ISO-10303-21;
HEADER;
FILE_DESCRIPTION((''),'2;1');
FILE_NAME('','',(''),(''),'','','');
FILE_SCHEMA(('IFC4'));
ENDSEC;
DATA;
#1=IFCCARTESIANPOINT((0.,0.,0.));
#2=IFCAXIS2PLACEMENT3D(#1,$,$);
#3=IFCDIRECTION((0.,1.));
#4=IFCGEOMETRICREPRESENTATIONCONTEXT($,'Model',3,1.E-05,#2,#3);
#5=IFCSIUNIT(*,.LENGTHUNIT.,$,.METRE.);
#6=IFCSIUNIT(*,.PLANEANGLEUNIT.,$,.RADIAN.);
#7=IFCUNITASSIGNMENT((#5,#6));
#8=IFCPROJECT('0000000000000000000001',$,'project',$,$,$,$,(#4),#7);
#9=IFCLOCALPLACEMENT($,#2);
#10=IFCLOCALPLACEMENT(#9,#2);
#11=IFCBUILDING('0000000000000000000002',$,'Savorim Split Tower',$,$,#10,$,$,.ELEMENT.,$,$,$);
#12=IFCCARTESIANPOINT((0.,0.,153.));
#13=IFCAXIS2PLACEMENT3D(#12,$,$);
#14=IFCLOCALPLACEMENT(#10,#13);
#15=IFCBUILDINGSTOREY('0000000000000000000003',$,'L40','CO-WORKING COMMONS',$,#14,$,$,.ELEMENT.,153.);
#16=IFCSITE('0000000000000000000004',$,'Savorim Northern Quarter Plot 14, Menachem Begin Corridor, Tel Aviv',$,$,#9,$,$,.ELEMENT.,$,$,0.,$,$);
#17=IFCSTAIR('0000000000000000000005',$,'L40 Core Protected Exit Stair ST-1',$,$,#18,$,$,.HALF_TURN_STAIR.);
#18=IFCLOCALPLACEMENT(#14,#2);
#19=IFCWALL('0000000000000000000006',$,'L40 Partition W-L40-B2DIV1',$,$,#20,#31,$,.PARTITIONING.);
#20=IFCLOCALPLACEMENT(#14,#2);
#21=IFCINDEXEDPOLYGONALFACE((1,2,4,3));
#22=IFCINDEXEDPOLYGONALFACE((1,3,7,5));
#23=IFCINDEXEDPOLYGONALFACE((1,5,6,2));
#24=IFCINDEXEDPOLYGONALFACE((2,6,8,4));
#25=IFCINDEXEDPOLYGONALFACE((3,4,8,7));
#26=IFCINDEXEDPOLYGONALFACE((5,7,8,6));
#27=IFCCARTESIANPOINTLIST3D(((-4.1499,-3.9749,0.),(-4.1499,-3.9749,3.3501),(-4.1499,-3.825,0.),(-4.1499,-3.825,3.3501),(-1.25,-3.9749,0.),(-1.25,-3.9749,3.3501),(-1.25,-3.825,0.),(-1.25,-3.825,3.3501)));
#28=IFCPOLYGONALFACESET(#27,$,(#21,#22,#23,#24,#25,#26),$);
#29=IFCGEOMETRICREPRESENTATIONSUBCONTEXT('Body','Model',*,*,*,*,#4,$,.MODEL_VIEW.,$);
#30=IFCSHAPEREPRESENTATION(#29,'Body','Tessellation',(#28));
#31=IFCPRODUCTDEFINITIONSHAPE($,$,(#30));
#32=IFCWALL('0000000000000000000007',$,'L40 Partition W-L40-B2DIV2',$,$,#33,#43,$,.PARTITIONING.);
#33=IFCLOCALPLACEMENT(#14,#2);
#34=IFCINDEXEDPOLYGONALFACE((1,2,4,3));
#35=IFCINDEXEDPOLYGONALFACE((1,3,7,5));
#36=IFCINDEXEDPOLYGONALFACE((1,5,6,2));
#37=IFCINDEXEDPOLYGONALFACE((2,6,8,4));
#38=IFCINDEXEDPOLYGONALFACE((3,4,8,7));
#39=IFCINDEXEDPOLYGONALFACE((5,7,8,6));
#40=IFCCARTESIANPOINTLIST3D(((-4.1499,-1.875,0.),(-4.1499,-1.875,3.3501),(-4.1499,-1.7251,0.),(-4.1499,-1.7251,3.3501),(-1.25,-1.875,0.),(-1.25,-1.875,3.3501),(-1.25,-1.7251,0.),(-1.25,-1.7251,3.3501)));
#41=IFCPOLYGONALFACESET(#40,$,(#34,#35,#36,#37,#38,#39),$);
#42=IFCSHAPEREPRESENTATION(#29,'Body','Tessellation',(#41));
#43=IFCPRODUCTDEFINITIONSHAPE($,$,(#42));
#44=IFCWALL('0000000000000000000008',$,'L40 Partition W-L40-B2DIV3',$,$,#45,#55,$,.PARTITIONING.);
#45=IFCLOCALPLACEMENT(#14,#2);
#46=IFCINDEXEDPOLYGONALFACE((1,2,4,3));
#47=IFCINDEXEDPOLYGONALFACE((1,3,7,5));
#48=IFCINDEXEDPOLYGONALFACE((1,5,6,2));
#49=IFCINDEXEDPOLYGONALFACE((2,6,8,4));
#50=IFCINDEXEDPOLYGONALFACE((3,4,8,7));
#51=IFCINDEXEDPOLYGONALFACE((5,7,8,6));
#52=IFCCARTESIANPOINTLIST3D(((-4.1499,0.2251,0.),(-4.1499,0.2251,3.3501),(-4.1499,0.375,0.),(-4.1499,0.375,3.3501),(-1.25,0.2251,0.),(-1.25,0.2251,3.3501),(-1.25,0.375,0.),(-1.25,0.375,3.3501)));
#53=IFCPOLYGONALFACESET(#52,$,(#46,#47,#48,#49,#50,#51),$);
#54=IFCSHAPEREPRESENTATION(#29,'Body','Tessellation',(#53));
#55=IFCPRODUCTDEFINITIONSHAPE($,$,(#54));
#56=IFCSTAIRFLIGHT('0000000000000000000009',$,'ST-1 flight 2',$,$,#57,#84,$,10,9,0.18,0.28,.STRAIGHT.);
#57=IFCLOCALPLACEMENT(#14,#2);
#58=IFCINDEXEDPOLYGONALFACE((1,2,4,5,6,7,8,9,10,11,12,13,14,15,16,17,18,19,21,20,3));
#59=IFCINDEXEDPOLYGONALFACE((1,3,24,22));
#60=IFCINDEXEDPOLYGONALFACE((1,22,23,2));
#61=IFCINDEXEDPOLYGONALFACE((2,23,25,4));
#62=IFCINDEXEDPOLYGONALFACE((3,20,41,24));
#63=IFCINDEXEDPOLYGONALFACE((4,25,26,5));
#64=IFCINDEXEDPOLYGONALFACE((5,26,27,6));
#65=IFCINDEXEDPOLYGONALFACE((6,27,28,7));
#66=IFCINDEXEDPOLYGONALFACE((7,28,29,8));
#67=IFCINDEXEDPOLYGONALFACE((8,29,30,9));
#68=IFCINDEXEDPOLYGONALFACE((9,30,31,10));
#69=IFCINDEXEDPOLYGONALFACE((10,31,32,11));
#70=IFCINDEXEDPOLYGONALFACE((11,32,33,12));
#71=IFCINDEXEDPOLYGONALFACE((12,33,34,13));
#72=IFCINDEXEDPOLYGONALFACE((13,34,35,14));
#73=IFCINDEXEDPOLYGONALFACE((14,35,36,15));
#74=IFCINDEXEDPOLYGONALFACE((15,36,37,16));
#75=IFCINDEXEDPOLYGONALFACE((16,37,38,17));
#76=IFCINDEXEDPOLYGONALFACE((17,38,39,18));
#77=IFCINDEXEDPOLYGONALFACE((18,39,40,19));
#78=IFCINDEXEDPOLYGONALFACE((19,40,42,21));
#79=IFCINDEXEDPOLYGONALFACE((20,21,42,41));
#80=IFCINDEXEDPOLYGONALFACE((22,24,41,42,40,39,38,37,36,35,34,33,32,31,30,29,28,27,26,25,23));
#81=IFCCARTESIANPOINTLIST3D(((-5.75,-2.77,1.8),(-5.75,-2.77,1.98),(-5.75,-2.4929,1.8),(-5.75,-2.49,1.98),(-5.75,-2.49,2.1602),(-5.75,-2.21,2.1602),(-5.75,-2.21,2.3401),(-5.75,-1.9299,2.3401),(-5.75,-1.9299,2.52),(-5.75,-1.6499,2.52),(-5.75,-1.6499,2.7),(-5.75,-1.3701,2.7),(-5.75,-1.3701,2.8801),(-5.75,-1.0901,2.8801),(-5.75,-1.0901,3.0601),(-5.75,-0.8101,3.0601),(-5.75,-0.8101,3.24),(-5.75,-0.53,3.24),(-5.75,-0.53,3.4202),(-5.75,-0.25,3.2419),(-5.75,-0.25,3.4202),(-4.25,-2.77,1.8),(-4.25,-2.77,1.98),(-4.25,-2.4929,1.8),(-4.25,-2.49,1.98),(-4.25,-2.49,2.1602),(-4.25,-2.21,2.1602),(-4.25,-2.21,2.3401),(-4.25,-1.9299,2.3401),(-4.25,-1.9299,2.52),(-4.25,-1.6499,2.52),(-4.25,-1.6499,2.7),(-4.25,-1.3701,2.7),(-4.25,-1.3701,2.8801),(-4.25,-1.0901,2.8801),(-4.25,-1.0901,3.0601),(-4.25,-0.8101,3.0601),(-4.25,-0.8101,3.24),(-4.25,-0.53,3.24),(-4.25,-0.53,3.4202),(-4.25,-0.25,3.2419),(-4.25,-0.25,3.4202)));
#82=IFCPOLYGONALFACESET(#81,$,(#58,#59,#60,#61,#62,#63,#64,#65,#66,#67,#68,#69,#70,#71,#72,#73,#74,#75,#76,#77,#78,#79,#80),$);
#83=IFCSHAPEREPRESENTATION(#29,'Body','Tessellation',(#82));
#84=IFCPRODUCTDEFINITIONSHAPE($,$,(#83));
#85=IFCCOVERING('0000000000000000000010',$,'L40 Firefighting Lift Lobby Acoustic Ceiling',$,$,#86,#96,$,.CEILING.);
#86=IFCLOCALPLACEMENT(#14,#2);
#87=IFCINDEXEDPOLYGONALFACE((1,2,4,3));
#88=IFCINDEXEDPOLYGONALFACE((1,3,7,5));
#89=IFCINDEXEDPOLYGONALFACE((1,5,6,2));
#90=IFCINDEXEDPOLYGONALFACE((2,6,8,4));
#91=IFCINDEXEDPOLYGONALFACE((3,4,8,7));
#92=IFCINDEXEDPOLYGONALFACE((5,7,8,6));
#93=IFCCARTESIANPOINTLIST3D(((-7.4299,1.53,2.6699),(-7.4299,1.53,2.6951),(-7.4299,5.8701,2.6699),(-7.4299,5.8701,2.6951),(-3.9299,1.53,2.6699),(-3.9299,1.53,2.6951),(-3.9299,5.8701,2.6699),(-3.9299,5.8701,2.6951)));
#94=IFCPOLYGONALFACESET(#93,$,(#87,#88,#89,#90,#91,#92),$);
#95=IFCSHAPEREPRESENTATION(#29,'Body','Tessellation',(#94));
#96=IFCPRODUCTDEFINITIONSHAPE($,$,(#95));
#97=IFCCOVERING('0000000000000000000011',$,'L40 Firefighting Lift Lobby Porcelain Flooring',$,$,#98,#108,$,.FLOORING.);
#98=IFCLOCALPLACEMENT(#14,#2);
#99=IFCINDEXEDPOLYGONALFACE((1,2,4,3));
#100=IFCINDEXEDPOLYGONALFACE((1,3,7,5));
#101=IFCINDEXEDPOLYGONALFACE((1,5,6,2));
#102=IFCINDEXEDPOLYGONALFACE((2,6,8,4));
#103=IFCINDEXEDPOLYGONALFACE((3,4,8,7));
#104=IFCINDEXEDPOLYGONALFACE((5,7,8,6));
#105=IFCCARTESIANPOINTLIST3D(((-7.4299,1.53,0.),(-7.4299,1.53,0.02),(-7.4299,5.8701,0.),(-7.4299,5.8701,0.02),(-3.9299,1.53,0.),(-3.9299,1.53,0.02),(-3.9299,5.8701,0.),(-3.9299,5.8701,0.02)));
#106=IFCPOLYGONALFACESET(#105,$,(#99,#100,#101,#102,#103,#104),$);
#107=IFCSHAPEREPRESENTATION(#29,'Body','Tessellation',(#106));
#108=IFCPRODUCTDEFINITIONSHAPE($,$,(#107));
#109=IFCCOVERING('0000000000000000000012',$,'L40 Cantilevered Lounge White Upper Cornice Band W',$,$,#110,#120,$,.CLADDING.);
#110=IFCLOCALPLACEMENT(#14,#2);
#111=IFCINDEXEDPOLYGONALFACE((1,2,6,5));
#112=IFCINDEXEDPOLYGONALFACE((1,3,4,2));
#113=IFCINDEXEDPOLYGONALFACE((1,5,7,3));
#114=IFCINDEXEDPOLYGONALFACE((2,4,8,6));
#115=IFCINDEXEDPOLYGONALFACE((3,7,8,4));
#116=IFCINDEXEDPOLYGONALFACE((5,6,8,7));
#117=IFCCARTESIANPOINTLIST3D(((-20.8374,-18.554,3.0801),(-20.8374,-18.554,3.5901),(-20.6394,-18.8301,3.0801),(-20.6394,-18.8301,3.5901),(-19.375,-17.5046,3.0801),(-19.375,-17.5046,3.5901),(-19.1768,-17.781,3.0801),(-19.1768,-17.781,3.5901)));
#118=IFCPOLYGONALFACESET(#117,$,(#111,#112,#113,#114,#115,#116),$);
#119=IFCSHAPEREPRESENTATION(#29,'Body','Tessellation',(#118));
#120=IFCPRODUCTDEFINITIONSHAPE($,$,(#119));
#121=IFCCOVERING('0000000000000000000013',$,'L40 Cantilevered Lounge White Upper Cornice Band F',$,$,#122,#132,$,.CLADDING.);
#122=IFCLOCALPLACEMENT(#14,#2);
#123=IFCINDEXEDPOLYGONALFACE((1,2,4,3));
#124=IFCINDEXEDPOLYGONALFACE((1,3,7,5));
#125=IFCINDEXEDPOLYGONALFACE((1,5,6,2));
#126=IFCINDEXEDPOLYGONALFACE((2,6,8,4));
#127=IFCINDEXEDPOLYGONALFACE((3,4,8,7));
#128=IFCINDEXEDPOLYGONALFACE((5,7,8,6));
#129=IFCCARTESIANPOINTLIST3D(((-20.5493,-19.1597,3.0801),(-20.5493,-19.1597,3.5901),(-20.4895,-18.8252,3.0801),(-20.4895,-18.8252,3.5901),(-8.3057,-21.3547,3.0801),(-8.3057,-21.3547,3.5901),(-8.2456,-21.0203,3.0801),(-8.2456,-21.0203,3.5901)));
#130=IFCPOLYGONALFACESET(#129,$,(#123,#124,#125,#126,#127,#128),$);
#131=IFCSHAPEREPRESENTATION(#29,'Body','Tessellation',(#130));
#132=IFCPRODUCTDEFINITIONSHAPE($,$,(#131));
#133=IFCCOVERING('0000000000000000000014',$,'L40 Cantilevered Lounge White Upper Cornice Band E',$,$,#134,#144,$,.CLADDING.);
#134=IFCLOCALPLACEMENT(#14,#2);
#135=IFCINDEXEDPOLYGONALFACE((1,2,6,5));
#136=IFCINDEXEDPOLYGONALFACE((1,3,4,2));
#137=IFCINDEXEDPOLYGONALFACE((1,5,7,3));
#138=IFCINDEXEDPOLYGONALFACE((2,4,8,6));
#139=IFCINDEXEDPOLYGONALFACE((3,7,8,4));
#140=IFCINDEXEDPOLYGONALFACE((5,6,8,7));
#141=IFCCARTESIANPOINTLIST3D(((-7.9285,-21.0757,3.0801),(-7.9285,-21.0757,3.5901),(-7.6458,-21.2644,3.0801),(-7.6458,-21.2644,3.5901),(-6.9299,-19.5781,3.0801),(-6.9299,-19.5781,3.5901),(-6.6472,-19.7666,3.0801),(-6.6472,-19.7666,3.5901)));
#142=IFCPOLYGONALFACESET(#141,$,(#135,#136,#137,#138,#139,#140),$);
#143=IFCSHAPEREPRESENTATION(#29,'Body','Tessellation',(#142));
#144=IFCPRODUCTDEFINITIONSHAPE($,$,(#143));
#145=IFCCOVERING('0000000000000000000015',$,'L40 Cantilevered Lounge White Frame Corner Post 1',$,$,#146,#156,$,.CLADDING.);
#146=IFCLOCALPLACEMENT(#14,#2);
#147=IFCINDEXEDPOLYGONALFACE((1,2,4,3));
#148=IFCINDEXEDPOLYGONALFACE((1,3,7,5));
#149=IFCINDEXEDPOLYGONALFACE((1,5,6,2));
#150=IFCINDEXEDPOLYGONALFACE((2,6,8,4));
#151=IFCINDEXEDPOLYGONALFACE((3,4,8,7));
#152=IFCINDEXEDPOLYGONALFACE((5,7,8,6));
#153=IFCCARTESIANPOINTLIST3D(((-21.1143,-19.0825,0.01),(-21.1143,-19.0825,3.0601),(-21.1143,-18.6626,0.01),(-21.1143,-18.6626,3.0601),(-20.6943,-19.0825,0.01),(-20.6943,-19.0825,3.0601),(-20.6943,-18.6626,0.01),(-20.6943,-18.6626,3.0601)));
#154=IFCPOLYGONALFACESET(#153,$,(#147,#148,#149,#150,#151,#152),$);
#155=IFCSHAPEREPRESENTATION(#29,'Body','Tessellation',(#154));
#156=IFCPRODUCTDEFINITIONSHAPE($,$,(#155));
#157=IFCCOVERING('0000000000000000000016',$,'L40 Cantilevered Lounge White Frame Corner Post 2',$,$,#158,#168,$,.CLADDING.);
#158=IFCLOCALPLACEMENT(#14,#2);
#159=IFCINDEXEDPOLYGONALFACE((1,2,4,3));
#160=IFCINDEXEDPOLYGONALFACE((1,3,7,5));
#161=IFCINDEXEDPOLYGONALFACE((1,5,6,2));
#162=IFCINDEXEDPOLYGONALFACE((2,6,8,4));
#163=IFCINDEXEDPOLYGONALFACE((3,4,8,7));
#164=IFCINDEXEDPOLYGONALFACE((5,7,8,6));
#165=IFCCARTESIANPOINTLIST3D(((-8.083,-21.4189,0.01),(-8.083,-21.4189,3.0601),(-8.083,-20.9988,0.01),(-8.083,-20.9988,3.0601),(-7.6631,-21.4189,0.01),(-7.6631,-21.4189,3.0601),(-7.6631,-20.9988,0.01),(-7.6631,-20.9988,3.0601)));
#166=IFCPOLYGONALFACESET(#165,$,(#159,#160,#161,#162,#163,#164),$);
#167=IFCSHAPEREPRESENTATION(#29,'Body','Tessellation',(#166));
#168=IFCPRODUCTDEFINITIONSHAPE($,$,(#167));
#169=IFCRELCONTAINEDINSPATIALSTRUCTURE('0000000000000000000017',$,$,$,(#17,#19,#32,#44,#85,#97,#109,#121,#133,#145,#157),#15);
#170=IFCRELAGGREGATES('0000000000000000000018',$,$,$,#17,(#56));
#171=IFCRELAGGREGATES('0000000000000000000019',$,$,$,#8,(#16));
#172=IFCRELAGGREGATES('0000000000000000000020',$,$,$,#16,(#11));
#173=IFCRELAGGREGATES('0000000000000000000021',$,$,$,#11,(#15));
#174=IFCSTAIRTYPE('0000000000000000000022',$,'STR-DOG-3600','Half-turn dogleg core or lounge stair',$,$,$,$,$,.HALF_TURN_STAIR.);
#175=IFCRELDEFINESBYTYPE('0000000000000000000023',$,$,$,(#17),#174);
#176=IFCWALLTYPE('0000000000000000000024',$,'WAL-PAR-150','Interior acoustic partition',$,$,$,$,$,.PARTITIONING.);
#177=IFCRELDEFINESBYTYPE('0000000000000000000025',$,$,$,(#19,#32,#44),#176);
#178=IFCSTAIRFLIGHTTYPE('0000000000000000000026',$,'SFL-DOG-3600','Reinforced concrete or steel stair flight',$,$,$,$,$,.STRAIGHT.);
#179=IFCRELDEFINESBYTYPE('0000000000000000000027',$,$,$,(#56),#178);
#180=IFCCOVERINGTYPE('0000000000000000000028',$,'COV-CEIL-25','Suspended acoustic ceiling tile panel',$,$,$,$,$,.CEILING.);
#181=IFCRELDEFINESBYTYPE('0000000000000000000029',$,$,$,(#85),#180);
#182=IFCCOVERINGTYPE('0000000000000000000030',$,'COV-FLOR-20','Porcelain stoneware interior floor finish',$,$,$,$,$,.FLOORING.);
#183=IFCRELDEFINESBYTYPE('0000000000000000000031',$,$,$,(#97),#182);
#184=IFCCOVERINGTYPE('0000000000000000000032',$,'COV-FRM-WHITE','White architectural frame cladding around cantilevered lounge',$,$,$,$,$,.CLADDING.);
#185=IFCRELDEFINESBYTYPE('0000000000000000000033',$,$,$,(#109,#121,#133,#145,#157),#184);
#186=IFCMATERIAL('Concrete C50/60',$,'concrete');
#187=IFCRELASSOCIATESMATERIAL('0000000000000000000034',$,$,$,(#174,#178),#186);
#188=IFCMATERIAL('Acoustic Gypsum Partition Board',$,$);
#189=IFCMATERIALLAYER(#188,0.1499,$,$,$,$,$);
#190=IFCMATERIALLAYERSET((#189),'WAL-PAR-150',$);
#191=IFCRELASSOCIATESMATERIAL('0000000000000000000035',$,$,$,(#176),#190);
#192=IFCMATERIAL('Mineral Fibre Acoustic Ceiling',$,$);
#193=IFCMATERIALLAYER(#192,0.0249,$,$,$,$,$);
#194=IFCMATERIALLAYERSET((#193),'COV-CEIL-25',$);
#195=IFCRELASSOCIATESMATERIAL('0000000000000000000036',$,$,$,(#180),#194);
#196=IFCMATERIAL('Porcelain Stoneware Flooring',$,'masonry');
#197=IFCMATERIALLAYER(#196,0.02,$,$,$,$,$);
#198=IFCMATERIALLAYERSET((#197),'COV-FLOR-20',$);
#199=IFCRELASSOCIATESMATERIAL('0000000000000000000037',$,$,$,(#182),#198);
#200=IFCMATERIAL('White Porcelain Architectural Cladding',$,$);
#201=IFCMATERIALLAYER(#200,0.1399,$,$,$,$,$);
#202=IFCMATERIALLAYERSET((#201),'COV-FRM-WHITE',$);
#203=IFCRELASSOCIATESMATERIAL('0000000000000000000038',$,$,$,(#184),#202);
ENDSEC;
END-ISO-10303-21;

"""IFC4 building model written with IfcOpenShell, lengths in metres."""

from ifc_helpers import new_model, si_unit, direction, frame, frame_2d, origin, place, context, subcontext, project, spatial, polyline, rectangle, outline, extrude, material, layer, layer_set, type_object, element, aggregate, save


model = new_model("IFC4")

# Units and contexts
model_context = context("Model", 3, precision=1e-05, world=origin(), true_north=direction((0.0, 1.0)))
body_context = subcontext(model_context, "Body", "Model", "MODEL_VIEW")
ifc_project = project(units=[si_unit("LENGTHUNIT", "METRE"), si_unit("PLANEANGLEUNIT", "RADIAN")], contexts=[model_context])

# Site, building, storey
site_placement = place(None, origin())
site = spatial("IfcSite", under=ifc_project, at=site_placement, Name="Savorim Northern Quarter Plot 14, Menachem Begin Corridor, Tel Aviv", CompositionType="ELEMENT", RefElevation=0.0)
building_placement = place(site_placement, origin())
building = spatial("IfcBuilding", under=site, at=building_placement, Name="Savorim Split Tower", CompositionType="ELEMENT")
storey_placement = place(building_placement, frame((0.0, 0.0, 153.0)))
storey = spatial("IfcBuildingStorey", under=building, at=storey_placement, Name="L40", Description="CO-WORKING COMMONS", CompositionType="ELEMENT", Elevation=153.0)

# Shared definitions
ifc_material_1 = material(Name="Concrete C50/60", Category="concrete")

# Stair
stair_type = type_object("IfcStairType", Name="STR-DOG-3600", Description="Half-turn dogleg core or lounge stair", PredefinedType="HALF_TURN_STAIR", material=ifc_material_1)
stair_1_placement = place(storey_placement, origin())
stair_1 = element("IfcStair", 1, at=stair_1_placement, inside=storey, type_object=stair_type, Name="L40 Core Protected Exit Stair ST-1", PredefinedType="HALF_TURN_STAIR")

# Walls
ifc_material_2 = material(Name="Acoustic Gypsum Partition Board")
ifc_layer_1 = layer(ifc_material_2, 0.1499)
ifc_layer_set_1 = layer_set([ifc_layer_1], Name="WAL-PAR-150")
wall_type_1 = type_object("IfcWallType", Name="WAL-PAR-150", Description="Interior acoustic partition", PredefinedType="PARTITIONING", material=ifc_layer_set_1)
for number, where, z_axis, x_axis, name in (
    (2, (-4.1499, -3.8999, 0.0), (0.0, 0.0, 1.0), (1.0, 0.0, 0.0), "L40 Partition W-L40-B2DIV1"),
    (3, (-4.1499, -1.8, 0.0), (0.0, 0.0, 1.0), (1.0, 0.0, 0.0), "L40 Partition W-L40-B2DIV2"),
    (4, (-4.1499, 0.3, 0.0), (0.0, 0.0, 1.0), (1.0, 0.0, 0.0), "L40 Partition W-L40-B2DIV3"),
):
    element("IfcWall", number, at=place(storey_placement, frame(where, z_axis=z_axis, x_axis=x_axis)), inside=storey, type_object=wall_type_1, Name=name, PredefinedType="PARTITIONING", context=body_context, shape_type="SweptSolid", body=[
        extrude(rectangle(XDim=2.8999, YDim=0.1499, at=frame_2d((1.45, 0.0))), origin(), (0.0, 0.0, 1.0), 3.3501),
    ])

# Stair flight
stair_flight_type = type_object("IfcStairFlightType", Name="SFL-DOG-3600", Description="Reinforced concrete or steel stair flight", PredefinedType="STRAIGHT", material=ifc_material_1)
stair_flight_placement = place(storey_placement, frame((-5.0, -2.77, 1.8), z_axis=(0.0, 0.0, 1.0), x_axis=(0.0, 1.0, 0.0)))
stair_flight = element("IfcStairFlight", 5, at=stair_flight_placement, type_object=stair_flight_type, Name="ST-1 flight 2", NumberOfRisers=10, NumberOfTreads=9, PredefinedType="STRAIGHT", RiserHeight=0.18, TreadLength=0.28, context=body_context, shape_type="SweptSolid", body=[
    extrude(outline(polyline([(0.0, 0.0), (0.0, 0.1799), (0.28, 0.1799), (0.28, 0.3601), (0.5601, 0.3601), (0.5601, 0.54), (0.8401, 0.54), (0.8401, 0.72), (1.1201, 0.72), (1.1201, 0.8999), (1.3999, 0.8999), (1.3999, 1.0801), (1.6799, 1.0801), (1.6799, 1.26), (1.96, 1.26), (1.96, 1.4399), (2.24, 1.4399), (2.24, 1.6201), (2.52, 1.6201), (2.52, 1.8), (2.52, 1.4419), (0.2771, 0.0), (0.0, 0.0)])), frame((0.0, 0.75, 0.0), z_axis=(0.0, -1.0, 0.0), x_axis=(1.0, 0.0, 0.0)), (0.0, 0.0, 1.0), 1.5),
])
aggregate(stair_1, [stair_flight])

# Coverings
ifc_material_3 = material(Name="Mineral Fibre Acoustic Ceiling")
ifc_layer_2 = layer(ifc_material_3, 0.0249)
ifc_layer_set_2 = layer_set([ifc_layer_2], Name="COV-CEIL-25")
covering_type_1 = type_object("IfcCoveringType", Name="COV-CEIL-25", Description="Suspended acoustic ceiling tile panel", PredefinedType="CEILING", material=ifc_layer_set_2)
covering_1_placement = place(storey_placement, frame((0.0, 0.0, 2.6699)))
element("IfcCovering", 6, at=covering_1_placement, inside=storey, type_object=covering_type_1, Name="L40 Firefighting Lift Lobby Acoustic Ceiling", PredefinedType="CEILING", context=body_context, shape_type="SweptSolid", body=[
    extrude(outline(polyline([(-7.4299, 5.8701), (-7.4299, 1.53), (-3.9299, 1.53), (-3.9299, 5.8701), (-7.4299, 5.8701)])), origin(), (0.0, 0.0, 1.0), 0.0251),
])
ifc_material_4 = material(Name="Porcelain Stoneware Flooring", Category="masonry")
ifc_layer_3 = layer(ifc_material_4, 0.02)
ifc_layer_set_3 = layer_set([ifc_layer_3], Name="COV-FLOR-20")
covering_type_2 = type_object("IfcCoveringType", Name="COV-FLOR-20", Description="Porcelain stoneware interior floor finish", PredefinedType="FLOORING", material=ifc_layer_set_3)
covering_2_placement = place(storey_placement, origin())
element("IfcCovering", 7, at=covering_2_placement, inside=storey, type_object=covering_type_2, Name="L40 Firefighting Lift Lobby Porcelain Flooring", PredefinedType="FLOORING", context=body_context, shape_type="SweptSolid", body=[
    extrude(outline(polyline([(-7.4299, 5.8701), (-7.4299, 1.53), (-3.9299, 1.53), (-3.9299, 5.8701), (-7.4299, 5.8701)])), origin(), (0.0, 0.0, 1.0), 0.02),
])
ifc_material_5 = material(Name="White Porcelain Architectural Cladding")
ifc_layer_4 = layer(ifc_material_5, 0.1399)
ifc_layer_set_4 = layer_set([ifc_layer_4], Name="COV-FRM-WHITE")
covering_type_3 = type_object("IfcCoveringType", Name="COV-FRM-WHITE", Description="White architectural frame cladding around cantilevered lounge", PredefinedType="CLADDING", material=ifc_layer_set_4)
covering_3_placement = place(storey_placement, frame((0.0, 0.0, 3.0801)))
element("IfcCovering", 8, at=covering_3_placement, inside=storey, type_object=covering_type_3, Name="L40 Cantilevered Lounge White Upper Cornice Band W", PredefinedType="CLADDING", context=body_context, shape_type="SweptSolid", body=[
    extrude(outline(polyline([(-19.375, -17.5046), (-20.8374, -18.554), (-20.6394, -18.8301), (-19.1768, -17.781), (-19.375, -17.5046)])), origin(), (0.0, 0.0, 1.0), 0.51),
])
covering_4_placement = place(storey_placement, frame((0.0, 0.0, 3.0801)))
element("IfcCovering", 9, at=covering_4_placement, inside=storey, type_object=covering_type_3, Name="L40 Cantilevered Lounge White Upper Cornice Band F", PredefinedType="CLADDING", context=body_context, shape_type="SweptSolid", body=[
    extrude(outline(polyline([(-20.5493, -19.1597), (-8.3057, -21.3547), (-8.2456, -21.0203), (-20.4895, -18.8252), (-20.5493, -19.1597)])), origin(), (0.0, 0.0, 1.0), 0.51),
])
covering_5_placement = place(storey_placement, frame((0.0, 0.0, 3.0801)))
element("IfcCovering", 10, at=covering_5_placement, inside=storey, type_object=covering_type_3, Name="L40 Cantilevered Lounge White Upper Cornice Band E", PredefinedType="CLADDING", context=body_context, shape_type="SweptSolid", body=[
    extrude(outline(polyline([(-7.6458, -21.2644), (-6.6472, -19.7666), (-6.9299, -19.5781), (-7.9285, -21.0757), (-7.6458, -21.2644)])), origin(), (0.0, 0.0, 1.0), 0.51),
])
covering_6_placement = place(storey_placement, frame((0.0, 0.0, 0.01)))
element("IfcCovering", 11, at=covering_6_placement, inside=storey, type_object=covering_type_3, Name="L40 Cantilevered Lounge White Frame Corner Post 1", PredefinedType="CLADDING", context=body_context, shape_type="SweptSolid", body=[
    extrude(outline(polyline([(-21.1143, -19.0825), (-20.6943, -19.0825), (-20.6943, -18.6626), (-21.1143, -18.6626), (-21.1143, -19.0825)])), origin(), (0.0, 0.0, 1.0), 3.05),
])
covering_7_placement = place(storey_placement, frame((0.0, 0.0, 0.01)))
element("IfcCovering", 12, at=covering_7_placement, inside=storey, type_object=covering_type_3, Name="L40 Cantilevered Lounge White Frame Corner Post 2", PredefinedType="CLADDING", context=body_context, shape_type="SweptSolid", body=[
    extrude(outline(polyline([(-8.083, -21.4189), (-7.6631, -21.4189), (-7.6631, -20.9988), (-8.083, -20.9988), (-8.083, -21.4189)])), origin(), (0.0, 0.0, 1.0), 3.05),
])

save(model, "model.ifc")
